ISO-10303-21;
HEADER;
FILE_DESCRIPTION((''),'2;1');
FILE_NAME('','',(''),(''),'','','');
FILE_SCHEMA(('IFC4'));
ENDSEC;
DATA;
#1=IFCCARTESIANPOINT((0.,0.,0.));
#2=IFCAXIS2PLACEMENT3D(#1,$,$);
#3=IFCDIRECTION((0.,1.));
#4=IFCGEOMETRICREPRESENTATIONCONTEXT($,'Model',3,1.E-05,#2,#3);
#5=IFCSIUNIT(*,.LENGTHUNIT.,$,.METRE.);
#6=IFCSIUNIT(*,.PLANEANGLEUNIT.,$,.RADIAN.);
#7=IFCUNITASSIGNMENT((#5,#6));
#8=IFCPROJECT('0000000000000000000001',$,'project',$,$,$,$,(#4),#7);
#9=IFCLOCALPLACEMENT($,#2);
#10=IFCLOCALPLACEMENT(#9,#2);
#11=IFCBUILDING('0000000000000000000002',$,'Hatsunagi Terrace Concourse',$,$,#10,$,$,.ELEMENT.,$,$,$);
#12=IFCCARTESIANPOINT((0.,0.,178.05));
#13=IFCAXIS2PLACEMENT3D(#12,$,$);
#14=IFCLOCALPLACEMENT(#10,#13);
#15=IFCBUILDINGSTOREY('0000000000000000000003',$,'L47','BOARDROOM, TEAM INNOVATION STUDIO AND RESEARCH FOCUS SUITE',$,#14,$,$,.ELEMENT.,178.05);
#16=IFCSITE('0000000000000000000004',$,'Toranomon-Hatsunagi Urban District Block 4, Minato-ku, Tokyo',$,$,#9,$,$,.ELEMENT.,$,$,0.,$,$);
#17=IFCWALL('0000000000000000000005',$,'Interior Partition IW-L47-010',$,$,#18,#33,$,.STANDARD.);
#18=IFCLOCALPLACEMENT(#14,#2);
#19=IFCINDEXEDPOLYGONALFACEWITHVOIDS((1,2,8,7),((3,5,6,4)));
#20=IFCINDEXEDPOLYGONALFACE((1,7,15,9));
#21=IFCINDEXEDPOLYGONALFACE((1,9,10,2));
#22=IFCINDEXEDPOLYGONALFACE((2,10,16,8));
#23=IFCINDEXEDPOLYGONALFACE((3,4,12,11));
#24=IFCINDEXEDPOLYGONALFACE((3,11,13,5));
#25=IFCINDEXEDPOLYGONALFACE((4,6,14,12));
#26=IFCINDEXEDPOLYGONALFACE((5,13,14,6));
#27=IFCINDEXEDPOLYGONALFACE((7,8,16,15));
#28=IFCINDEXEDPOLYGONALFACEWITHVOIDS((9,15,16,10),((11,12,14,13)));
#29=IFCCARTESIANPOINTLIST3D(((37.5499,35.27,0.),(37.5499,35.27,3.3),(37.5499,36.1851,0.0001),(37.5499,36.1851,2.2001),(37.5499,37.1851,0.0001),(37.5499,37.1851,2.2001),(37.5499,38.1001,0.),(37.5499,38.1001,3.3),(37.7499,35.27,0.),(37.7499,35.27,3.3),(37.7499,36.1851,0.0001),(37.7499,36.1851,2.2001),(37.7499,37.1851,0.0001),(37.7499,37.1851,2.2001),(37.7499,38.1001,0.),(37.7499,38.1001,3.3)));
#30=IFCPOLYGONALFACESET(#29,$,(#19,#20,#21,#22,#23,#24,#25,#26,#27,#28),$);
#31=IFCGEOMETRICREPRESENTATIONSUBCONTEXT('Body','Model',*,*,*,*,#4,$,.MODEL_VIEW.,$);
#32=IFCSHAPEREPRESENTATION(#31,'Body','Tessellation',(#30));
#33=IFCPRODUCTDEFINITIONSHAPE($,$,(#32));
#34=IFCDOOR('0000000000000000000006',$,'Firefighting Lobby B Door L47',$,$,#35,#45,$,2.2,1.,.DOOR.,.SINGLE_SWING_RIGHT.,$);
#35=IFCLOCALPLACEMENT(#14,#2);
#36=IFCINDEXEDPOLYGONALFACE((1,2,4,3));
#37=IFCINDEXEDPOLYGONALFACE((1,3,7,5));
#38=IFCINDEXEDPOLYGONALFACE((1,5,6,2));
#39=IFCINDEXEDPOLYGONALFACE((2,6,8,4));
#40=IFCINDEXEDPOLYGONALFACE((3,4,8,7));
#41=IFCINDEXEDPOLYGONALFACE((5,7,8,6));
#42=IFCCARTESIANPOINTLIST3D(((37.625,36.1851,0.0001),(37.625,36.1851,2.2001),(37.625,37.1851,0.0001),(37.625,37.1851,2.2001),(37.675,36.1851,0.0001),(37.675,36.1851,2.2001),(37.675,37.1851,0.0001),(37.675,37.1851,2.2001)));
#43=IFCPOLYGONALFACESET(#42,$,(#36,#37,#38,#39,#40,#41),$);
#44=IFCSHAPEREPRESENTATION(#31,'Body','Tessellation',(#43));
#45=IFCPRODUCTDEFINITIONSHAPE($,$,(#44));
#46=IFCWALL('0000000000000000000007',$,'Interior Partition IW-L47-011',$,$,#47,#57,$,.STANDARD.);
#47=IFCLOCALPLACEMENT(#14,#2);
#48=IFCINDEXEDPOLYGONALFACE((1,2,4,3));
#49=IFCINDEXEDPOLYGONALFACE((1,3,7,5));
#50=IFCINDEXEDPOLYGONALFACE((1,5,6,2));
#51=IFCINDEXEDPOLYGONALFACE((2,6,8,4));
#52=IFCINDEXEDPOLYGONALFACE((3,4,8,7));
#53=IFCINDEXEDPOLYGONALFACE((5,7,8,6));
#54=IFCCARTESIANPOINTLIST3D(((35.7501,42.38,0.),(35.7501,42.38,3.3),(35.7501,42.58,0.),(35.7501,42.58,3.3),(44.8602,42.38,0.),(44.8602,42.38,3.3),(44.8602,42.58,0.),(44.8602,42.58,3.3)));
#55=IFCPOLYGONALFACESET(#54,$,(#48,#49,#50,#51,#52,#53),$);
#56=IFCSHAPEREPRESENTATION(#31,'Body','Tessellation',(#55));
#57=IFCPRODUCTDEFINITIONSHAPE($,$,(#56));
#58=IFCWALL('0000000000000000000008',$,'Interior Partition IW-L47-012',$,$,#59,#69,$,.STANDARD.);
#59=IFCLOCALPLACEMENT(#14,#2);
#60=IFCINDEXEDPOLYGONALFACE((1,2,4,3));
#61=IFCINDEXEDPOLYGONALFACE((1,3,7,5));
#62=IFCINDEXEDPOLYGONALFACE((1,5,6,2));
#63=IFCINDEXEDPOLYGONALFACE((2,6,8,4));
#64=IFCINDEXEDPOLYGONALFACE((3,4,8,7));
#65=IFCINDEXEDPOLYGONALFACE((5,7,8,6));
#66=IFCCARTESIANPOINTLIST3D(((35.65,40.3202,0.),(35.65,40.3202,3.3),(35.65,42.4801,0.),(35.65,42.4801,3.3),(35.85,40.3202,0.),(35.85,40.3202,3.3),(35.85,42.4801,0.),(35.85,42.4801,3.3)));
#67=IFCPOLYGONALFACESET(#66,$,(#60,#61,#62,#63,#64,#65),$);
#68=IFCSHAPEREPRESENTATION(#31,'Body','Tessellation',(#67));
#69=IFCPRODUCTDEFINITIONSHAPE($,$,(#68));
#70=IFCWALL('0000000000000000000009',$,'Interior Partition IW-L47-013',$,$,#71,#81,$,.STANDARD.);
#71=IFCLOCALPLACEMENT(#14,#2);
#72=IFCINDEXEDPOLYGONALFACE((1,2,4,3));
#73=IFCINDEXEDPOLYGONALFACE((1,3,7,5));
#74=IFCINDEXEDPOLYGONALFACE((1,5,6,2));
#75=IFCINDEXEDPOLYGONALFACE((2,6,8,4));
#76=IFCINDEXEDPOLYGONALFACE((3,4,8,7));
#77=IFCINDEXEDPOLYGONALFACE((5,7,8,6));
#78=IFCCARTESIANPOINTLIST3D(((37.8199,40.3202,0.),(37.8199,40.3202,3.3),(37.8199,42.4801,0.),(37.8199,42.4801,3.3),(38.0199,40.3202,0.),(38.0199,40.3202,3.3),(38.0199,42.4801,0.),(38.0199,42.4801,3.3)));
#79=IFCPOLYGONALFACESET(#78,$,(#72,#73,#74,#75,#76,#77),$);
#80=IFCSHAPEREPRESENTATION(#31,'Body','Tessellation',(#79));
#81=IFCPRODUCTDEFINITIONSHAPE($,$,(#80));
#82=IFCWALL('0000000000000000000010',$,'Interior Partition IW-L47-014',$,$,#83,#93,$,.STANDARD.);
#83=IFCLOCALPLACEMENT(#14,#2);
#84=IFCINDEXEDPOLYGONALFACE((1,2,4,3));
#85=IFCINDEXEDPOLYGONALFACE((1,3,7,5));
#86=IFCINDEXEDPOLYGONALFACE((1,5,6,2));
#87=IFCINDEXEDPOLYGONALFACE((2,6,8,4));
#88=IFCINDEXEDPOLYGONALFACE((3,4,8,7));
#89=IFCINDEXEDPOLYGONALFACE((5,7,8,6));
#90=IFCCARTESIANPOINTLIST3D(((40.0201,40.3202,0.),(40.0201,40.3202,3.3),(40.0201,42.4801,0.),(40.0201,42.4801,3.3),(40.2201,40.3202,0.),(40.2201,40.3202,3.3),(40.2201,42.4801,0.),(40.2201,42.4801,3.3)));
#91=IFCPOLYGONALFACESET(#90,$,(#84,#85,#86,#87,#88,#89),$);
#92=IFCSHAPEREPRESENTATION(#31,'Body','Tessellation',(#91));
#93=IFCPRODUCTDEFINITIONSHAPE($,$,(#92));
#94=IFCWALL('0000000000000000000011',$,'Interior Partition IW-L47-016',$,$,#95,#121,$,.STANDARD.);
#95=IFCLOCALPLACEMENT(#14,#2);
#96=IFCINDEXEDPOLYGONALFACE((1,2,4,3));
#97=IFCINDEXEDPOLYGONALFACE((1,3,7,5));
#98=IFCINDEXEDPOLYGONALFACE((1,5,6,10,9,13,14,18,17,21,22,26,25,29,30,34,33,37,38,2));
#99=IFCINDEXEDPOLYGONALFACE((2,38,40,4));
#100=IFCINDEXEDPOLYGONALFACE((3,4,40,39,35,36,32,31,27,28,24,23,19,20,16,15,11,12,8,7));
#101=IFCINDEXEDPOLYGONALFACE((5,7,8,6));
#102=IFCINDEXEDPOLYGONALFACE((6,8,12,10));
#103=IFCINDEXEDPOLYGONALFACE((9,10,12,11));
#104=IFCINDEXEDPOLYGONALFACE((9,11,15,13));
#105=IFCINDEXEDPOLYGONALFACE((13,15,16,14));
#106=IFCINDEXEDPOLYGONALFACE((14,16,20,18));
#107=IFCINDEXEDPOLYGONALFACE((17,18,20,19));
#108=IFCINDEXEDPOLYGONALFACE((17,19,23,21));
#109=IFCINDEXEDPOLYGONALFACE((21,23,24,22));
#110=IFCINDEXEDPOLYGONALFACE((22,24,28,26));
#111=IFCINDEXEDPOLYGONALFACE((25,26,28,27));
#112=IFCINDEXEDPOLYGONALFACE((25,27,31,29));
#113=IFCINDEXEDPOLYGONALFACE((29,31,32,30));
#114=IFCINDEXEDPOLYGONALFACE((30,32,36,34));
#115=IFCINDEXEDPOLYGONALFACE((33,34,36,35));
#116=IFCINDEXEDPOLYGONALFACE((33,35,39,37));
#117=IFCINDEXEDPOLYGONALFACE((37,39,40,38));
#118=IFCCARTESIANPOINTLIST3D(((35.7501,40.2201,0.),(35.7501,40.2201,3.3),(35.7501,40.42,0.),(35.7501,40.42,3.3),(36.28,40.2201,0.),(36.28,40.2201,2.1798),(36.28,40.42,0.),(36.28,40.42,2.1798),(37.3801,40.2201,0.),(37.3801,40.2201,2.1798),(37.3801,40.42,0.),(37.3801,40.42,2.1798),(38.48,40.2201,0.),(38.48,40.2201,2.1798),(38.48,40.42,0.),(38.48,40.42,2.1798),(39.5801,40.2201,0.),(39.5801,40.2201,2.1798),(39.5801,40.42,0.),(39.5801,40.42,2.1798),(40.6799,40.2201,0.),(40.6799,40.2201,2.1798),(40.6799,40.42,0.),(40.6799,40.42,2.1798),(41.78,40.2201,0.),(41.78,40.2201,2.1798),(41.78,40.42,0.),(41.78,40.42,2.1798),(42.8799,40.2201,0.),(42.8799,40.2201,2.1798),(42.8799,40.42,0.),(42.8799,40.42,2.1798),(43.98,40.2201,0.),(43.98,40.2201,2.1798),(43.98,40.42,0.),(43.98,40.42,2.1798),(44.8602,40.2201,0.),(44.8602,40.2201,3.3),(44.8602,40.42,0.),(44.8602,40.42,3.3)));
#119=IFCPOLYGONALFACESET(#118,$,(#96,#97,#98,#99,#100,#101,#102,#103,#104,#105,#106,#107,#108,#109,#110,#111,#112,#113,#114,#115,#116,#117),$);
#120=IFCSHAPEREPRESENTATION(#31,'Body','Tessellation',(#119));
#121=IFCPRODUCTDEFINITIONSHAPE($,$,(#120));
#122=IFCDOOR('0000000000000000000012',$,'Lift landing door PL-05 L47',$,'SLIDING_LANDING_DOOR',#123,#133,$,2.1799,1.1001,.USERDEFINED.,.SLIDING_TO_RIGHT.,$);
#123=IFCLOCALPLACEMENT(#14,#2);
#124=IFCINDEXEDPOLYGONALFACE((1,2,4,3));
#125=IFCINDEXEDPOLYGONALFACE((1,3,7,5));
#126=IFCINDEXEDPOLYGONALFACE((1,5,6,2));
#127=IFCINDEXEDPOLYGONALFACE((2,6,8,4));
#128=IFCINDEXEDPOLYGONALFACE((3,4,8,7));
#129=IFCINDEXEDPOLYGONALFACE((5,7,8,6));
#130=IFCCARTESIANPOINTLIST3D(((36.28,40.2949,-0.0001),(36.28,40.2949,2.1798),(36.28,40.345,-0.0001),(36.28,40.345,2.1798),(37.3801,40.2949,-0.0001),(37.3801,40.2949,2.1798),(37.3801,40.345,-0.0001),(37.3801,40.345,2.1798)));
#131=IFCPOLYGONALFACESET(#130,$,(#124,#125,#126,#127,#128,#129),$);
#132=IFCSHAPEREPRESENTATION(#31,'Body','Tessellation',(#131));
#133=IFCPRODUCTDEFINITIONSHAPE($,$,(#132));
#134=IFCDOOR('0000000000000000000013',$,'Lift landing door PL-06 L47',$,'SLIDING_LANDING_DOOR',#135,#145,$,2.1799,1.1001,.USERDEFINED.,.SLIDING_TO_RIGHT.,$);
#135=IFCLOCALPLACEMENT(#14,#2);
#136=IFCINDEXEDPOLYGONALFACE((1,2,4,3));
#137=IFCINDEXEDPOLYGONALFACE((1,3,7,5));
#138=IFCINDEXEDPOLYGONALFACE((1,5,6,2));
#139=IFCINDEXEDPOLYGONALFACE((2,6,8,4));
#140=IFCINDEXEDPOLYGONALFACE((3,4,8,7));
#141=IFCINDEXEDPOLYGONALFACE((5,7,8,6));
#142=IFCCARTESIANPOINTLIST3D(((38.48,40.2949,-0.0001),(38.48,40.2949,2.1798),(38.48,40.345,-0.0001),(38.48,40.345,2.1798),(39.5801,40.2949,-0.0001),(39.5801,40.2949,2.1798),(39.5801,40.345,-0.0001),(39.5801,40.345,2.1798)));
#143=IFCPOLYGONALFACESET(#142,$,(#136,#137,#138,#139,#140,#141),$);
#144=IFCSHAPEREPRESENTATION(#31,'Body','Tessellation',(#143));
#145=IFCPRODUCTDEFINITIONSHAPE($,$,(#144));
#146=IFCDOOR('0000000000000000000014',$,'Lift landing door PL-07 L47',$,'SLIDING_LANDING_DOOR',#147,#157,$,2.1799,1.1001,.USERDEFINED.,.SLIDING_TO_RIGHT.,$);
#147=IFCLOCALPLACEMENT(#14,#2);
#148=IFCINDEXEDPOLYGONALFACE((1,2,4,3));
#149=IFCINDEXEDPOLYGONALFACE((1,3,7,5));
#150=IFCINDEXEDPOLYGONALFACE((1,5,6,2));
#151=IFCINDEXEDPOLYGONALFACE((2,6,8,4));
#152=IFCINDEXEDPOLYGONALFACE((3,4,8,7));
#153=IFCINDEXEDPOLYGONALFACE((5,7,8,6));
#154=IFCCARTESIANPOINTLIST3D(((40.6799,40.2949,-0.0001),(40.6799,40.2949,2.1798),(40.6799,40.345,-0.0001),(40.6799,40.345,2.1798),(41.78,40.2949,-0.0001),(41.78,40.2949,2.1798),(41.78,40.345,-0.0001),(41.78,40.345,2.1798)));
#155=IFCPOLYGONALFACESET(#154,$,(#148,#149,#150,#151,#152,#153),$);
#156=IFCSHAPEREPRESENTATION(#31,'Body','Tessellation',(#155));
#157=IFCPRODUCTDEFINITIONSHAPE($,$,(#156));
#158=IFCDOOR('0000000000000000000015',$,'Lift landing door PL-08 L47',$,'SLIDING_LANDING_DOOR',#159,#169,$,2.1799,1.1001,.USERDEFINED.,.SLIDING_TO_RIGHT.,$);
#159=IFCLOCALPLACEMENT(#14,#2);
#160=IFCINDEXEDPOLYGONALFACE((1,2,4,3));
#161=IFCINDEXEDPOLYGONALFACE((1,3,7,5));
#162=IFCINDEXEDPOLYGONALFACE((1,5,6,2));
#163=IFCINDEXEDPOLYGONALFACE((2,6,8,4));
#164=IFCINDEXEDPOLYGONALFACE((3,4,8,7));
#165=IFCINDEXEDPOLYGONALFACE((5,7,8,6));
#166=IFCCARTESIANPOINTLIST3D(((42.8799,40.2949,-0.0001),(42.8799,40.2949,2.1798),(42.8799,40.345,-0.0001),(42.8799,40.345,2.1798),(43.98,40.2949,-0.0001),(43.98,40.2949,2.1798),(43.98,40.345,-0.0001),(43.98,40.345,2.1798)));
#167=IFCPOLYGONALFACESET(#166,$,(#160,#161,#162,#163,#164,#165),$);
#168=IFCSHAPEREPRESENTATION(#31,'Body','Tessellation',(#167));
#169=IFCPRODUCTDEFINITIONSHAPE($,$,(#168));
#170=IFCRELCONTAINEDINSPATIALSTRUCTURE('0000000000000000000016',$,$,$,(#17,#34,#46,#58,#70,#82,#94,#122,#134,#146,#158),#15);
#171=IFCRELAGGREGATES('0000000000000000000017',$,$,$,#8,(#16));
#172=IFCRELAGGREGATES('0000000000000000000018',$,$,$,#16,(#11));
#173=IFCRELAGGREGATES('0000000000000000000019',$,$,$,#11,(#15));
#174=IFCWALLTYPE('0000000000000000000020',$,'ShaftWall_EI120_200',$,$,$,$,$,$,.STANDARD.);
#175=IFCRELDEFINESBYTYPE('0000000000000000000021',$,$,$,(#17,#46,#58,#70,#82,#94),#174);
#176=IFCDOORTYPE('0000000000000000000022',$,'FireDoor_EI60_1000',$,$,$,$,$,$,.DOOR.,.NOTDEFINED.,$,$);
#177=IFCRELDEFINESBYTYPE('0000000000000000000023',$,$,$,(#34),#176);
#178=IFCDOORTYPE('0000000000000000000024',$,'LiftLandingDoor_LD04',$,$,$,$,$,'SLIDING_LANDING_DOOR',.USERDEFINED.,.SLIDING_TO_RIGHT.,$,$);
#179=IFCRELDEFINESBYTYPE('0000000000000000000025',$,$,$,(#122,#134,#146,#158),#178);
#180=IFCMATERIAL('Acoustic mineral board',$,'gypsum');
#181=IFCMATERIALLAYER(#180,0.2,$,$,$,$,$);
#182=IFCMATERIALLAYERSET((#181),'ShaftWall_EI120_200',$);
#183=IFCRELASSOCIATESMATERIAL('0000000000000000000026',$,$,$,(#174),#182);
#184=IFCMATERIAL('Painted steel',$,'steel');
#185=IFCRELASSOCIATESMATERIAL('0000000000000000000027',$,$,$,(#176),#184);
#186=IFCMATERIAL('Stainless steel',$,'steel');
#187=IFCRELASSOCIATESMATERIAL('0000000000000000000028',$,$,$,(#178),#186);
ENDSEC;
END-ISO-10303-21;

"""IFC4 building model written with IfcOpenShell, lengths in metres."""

from ifc_helpers import new_model, si_unit, direction, frame, frame_2d, origin, place, context, subcontext, project, spatial, rectangle, extrude, material, layer, layer_set, type_object, element, fill, save


model = new_model("IFC4")

# Units and contexts
model_context = context("Model", 3, precision=1e-05, world=origin(), true_north=direction((0.0, 1.0)))
body_context = subcontext(model_context, "Body", "Model", "MODEL_VIEW")
ifc_project = project(units=[si_unit("LENGTHUNIT", "METRE"), si_unit("PLANEANGLEUNIT", "RADIAN")], contexts=[model_context])

# Site, building, storey
site_placement = place(None, origin())
site = spatial("IfcSite", under=ifc_project, at=site_placement, Name="Toranomon-Hatsunagi Urban District Block 4, Minato-ku, Tokyo", CompositionType="ELEMENT", RefElevation=0.0)
building_placement = place(site_placement, origin())
building = spatial("IfcBuilding", under=site, at=building_placement, Name="Hatsunagi Terrace Concourse", CompositionType="ELEMENT")
storey_placement = place(building_placement, frame((0.0, 0.0, 178.05)))
storey = spatial("IfcBuildingStorey", under=building, at=storey_placement, Name="L47", Description="BOARDROOM, TEAM INNOVATION STUDIO AND RESEARCH FOCUS SUITE", CompositionType="ELEMENT", Elevation=178.05)

# Shared definitions
ifc_material_1 = material(Name="Acoustic mineral board", Category="gypsum")
ifc_layer_1 = layer(ifc_material_1, 0.2)
ifc_layer_set_1 = layer_set([ifc_layer_1], Name="ShaftWall_EI120_200")
wall_type_1 = type_object("IfcWallType", Name="ShaftWall_EI120_200", PredefinedType="STANDARD", material=ifc_layer_set_1)

# Wall, opening, door
wall_1_placement = place(storey_placement, frame((37.6499, 35.27, 0.0), z_axis=(0.0, 0.0, 1.0), x_axis=(0.0, 1.0, 0.0)))
wall_1 = element("IfcWall", 1, at=wall_1_placement, inside=storey, type_object=wall_type_1, Name="Interior Partition IW-L47-010", PredefinedType="STANDARD", context=body_context, shape_type="SweptSolid", body=[
    extrude(rectangle(XDim=2.8301, YDim=0.2, at=frame_2d((1.415, 0.0))), origin(), (0.0, 0.0, 1.0), 3.3),
])
opening_1_placement = place(wall_1_placement, frame((0.915, 0.0, 0.0)))
opening_1 = element("IfcOpeningElement", 2, at=opening_1_placement, cuts=wall_1, PredefinedType="OPENING", context=body_context, shape_type="SweptSolid", body=[
    extrude(rectangle(XDim=1.0, YDim=2.2, at=frame_2d((0.5, 1.1001))), frame((0.0, 0.1099, 0.0), z_axis=(0.0, -1.0, 0.0), x_axis=(1.0, 0.0, 0.0)), (0.0, 0.0, 1.0), 0.22),
])
ifc_material_2 = material(Name="Painted steel", Category="steel")
door_type_1 = type_object("IfcDoorType", Name="FireDoor_EI60_1000", OperationType="NOTDEFINED", PredefinedType="DOOR", material=ifc_material_2)
door_1_placement = place(opening_1_placement, origin())
door_1 = element("IfcDoor", 3, at=door_1_placement, inside=storey, type_object=door_type_1, Name="Firefighting Lobby B Door L47", OperationType="SINGLE_SWING_RIGHT", OverallHeight=2.2, OverallWidth=1.0, PredefinedType="DOOR", context=body_context, shape_type="SweptSolid", body=[
    extrude(rectangle(XDim=1.0, YDim=2.2, at=frame_2d((0.5, 1.1001))), frame((0.0, 0.0249, 0.0), z_axis=(0.0, -1.0, 0.0), x_axis=(1.0, 0.0, 0.0)), (0.0, 0.0, 1.0), 0.05),
])
fill(opening_1, door_1)

# Walls
wall_2_placement = place(storey_placement, frame((35.75, 42.48, 0.0), z_axis=(0.0, 0.0, 1.0), x_axis=(1.0, 0.0, 0.0)))
element("IfcWall", 4, at=wall_2_placement, inside=storey, type_object=wall_type_1, Name="Interior Partition IW-L47-011", PredefinedType="STANDARD", context=body_context, shape_type="SweptSolid", body=[
    extrude(rectangle(XDim=9.1101, YDim=0.2, at=frame_2d((4.5552, 0.0))), origin(), (0.0, 0.0, 1.0), 3.3),
])
for number, where, z_axis, x_axis, name in (
    (5, (35.75, 40.3201, 0.0), (0.0, 0.0, 1.0), (0.0, 1.0, 0.0), "Interior Partition IW-L47-012"),
    (6, (37.9199, 40.3201, 0.0), (0.0, 0.0, 1.0), (0.0, 1.0, 0.0), "Interior Partition IW-L47-013"),
    (7, (40.1201, 40.3201, 0.0), (0.0, 0.0, 1.0), (0.0, 1.0, 0.0), "Interior Partition IW-L47-014"),
):
    element("IfcWall", number, at=place(storey_placement, frame(where, z_axis=z_axis, x_axis=x_axis)), inside=storey, type_object=wall_type_1, Name=name, PredefinedType="STANDARD", context=body_context, shape_type="SweptSolid", body=[
        extrude(rectangle(XDim=2.1599, YDim=0.2, at=frame_2d((1.0801, 0.0))), origin(), (0.0, 0.0, 1.0), 3.3),
    ])

# Wall, openings, doors
wall_3_placement = place(storey_placement, frame((35.75, 40.3201, 0.0), z_axis=(0.0, 0.0, 1.0), x_axis=(1.0, 0.0, 0.0)))
wall_3 = element("IfcWall", 8, at=wall_3_placement, inside=storey, type_object=wall_type_1, Name="Interior Partition IW-L47-016", PredefinedType="STANDARD", context=body_context, shape_type="SweptSolid", body=[
    extrude(rectangle(XDim=9.1101, YDim=0.2, at=frame_2d((4.5552, 0.0))), origin(), (0.0, 0.0, 1.0), 3.3),
])
opening_2_placement = place(wall_3_placement, frame((0.53, 0.0, 0.0)))
opening_2 = element("IfcOpeningElement", 9, at=opening_2_placement, cuts=wall_3, PredefinedType="OPENING", context=body_context, shape_type="SweptSolid", body=[
    extrude(rectangle(XDim=1.1001, YDim=2.1799, at=frame_2d((0.55, 1.0898))), frame((0.0, 0.1099, 0.0), z_axis=(0.0, -1.0, 0.0), x_axis=(1.0, 0.0, 0.0)), (0.0, 0.0, 1.0), 0.22),
])
opening_3_placement = place(wall_3_placement, frame((2.73, 0.0, 0.0)))
opening_3 = element("IfcOpeningElement", 10, at=opening_3_placement, cuts=wall_3, PredefinedType="OPENING", context=body_context, shape_type="SweptSolid", body=[
    extrude(rectangle(XDim=1.1001, YDim=2.1799, at=frame_2d((0.55, 1.0898))), frame((0.0, 0.1099, 0.0), z_axis=(0.0, -1.0, 0.0), x_axis=(1.0, 0.0, 0.0)), (0.0, 0.0, 1.0), 0.22),
])
opening_4_placement = place(wall_3_placement, frame((4.9299, 0.0, 0.0)))
opening_4 = element("IfcOpeningElement", 11, at=opening_4_placement, cuts=wall_3, PredefinedType="OPENING", context=body_context, shape_type="SweptSolid", body=[
    extrude(rectangle(XDim=1.1001, YDim=2.1799, at=frame_2d((0.55, 1.0898))), frame((0.0, 0.1099, 0.0), z_axis=(0.0, -1.0, 0.0), x_axis=(1.0, 0.0, 0.0)), (0.0, 0.0, 1.0), 0.22),
])
opening_5_placement = place(wall_3_placement, frame((7.1299, 0.0, 0.0)))
opening_5 = element("IfcOpeningElement", 12, at=opening_5_placement, cuts=wall_3, PredefinedType="OPENING", context=body_context, shape_type="SweptSolid", body=[
    extrude(rectangle(XDim=1.1001, YDim=2.1799, at=frame_2d((0.55, 1.0898))), frame((0.0, 0.1099, 0.0), z_axis=(0.0, -1.0, 0.0), x_axis=(1.0, 0.0, 0.0)), (0.0, 0.0, 1.0), 0.22),
])
ifc_material_3 = material(Name="Stainless steel", Category="steel")
door_type_2 = type_object("IfcDoorType", Name="LiftLandingDoor_LD04", ElementType="SLIDING_LANDING_DOOR", OperationType="SLIDING_TO_RIGHT", PredefinedType="USERDEFINED", material=ifc_material_3)
door_2_placement = place(opening_2_placement, origin())
door_2 = element("IfcDoor", 13, at=door_2_placement, inside=storey, type_object=door_type_2, Name="Lift landing door PL-05 L47", ObjectType="SLIDING_LANDING_DOOR", OperationType="SLIDING_TO_RIGHT", OverallHeight=2.1799, OverallWidth=1.1001, PredefinedType="USERDEFINED", context=body_context, shape_type="SweptSolid", body=[
    extrude(rectangle(XDim=1.1001, YDim=2.1799, at=frame_2d((0.55, 1.0898))), frame((0.0, 0.0249, 0.0), z_axis=(0.0, -1.0, 0.0), x_axis=(1.0, 0.0, 0.0)), (0.0, 0.0, 1.0), 0.05),
])
fill(opening_2, door_2)
door_3_placement = place(opening_3_placement, origin())
door_3 = element("IfcDoor", 14, at=door_3_placement, inside=storey, type_object=door_type_2, Name="Lift landing door PL-06 L47", ObjectType="SLIDING_LANDING_DOOR", OperationType="SLIDING_TO_RIGHT", OverallHeight=2.1799, OverallWidth=1.1001, PredefinedType="USERDEFINED", context=body_context, shape_type="SweptSolid", body=[
    extrude(rectangle(XDim=1.1001, YDim=2.1799, at=frame_2d((0.55, 1.0898))), frame((0.0, 0.0249, 0.0), z_axis=(0.0, -1.0, 0.0), x_axis=(1.0, 0.0, 0.0)), (0.0, 0.0, 1.0), 0.05),
])
fill(opening_3, door_3)
door_4_placement = place(opening_4_placement, origin())
door_4 = element("IfcDoor", 15, at=door_4_placement, inside=storey, type_object=door_type_2, Name="Lift landing door PL-07 L47", ObjectType="SLIDING_LANDING_DOOR", OperationType="SLIDING_TO_RIGHT", OverallHeight=2.1799, OverallWidth=1.1001, PredefinedType="USERDEFINED", context=body_context, shape_type="SweptSolid", body=[
    extrude(rectangle(XDim=1.1001, YDim=2.1799, at=frame_2d((0.55, 1.0898))), frame((0.0, 0.0249, 0.0), z_axis=(0.0, -1.0, 0.0), x_axis=(1.0, 0.0, 0.0)), (0.0, 0.0, 1.0), 0.05),
])
fill(opening_4, door_4)
door_5_placement = place(opening_5_placement, origin())
door_5 = element("IfcDoor", 16, at=door_5_placement, inside=storey, type_object=door_type_2, Name="Lift landing door PL-08 L47", ObjectType="SLIDING_LANDING_DOOR", OperationType="SLIDING_TO_RIGHT", OverallHeight=2.1799, OverallWidth=1.1001, PredefinedType="USERDEFINED", context=body_context, shape_type="SweptSolid", body=[
    extrude(rectangle(XDim=1.1001, YDim=2.1799, at=frame_2d((0.55, 1.0898))), frame((0.0, 0.0249, 0.0), z_axis=(0.0, -1.0, 0.0), x_axis=(1.0, 0.0, 0.0)), (0.0, 0.0, 1.0), 0.05),
])
fill(opening_5, door_5)

save(model, "model.ifc")
